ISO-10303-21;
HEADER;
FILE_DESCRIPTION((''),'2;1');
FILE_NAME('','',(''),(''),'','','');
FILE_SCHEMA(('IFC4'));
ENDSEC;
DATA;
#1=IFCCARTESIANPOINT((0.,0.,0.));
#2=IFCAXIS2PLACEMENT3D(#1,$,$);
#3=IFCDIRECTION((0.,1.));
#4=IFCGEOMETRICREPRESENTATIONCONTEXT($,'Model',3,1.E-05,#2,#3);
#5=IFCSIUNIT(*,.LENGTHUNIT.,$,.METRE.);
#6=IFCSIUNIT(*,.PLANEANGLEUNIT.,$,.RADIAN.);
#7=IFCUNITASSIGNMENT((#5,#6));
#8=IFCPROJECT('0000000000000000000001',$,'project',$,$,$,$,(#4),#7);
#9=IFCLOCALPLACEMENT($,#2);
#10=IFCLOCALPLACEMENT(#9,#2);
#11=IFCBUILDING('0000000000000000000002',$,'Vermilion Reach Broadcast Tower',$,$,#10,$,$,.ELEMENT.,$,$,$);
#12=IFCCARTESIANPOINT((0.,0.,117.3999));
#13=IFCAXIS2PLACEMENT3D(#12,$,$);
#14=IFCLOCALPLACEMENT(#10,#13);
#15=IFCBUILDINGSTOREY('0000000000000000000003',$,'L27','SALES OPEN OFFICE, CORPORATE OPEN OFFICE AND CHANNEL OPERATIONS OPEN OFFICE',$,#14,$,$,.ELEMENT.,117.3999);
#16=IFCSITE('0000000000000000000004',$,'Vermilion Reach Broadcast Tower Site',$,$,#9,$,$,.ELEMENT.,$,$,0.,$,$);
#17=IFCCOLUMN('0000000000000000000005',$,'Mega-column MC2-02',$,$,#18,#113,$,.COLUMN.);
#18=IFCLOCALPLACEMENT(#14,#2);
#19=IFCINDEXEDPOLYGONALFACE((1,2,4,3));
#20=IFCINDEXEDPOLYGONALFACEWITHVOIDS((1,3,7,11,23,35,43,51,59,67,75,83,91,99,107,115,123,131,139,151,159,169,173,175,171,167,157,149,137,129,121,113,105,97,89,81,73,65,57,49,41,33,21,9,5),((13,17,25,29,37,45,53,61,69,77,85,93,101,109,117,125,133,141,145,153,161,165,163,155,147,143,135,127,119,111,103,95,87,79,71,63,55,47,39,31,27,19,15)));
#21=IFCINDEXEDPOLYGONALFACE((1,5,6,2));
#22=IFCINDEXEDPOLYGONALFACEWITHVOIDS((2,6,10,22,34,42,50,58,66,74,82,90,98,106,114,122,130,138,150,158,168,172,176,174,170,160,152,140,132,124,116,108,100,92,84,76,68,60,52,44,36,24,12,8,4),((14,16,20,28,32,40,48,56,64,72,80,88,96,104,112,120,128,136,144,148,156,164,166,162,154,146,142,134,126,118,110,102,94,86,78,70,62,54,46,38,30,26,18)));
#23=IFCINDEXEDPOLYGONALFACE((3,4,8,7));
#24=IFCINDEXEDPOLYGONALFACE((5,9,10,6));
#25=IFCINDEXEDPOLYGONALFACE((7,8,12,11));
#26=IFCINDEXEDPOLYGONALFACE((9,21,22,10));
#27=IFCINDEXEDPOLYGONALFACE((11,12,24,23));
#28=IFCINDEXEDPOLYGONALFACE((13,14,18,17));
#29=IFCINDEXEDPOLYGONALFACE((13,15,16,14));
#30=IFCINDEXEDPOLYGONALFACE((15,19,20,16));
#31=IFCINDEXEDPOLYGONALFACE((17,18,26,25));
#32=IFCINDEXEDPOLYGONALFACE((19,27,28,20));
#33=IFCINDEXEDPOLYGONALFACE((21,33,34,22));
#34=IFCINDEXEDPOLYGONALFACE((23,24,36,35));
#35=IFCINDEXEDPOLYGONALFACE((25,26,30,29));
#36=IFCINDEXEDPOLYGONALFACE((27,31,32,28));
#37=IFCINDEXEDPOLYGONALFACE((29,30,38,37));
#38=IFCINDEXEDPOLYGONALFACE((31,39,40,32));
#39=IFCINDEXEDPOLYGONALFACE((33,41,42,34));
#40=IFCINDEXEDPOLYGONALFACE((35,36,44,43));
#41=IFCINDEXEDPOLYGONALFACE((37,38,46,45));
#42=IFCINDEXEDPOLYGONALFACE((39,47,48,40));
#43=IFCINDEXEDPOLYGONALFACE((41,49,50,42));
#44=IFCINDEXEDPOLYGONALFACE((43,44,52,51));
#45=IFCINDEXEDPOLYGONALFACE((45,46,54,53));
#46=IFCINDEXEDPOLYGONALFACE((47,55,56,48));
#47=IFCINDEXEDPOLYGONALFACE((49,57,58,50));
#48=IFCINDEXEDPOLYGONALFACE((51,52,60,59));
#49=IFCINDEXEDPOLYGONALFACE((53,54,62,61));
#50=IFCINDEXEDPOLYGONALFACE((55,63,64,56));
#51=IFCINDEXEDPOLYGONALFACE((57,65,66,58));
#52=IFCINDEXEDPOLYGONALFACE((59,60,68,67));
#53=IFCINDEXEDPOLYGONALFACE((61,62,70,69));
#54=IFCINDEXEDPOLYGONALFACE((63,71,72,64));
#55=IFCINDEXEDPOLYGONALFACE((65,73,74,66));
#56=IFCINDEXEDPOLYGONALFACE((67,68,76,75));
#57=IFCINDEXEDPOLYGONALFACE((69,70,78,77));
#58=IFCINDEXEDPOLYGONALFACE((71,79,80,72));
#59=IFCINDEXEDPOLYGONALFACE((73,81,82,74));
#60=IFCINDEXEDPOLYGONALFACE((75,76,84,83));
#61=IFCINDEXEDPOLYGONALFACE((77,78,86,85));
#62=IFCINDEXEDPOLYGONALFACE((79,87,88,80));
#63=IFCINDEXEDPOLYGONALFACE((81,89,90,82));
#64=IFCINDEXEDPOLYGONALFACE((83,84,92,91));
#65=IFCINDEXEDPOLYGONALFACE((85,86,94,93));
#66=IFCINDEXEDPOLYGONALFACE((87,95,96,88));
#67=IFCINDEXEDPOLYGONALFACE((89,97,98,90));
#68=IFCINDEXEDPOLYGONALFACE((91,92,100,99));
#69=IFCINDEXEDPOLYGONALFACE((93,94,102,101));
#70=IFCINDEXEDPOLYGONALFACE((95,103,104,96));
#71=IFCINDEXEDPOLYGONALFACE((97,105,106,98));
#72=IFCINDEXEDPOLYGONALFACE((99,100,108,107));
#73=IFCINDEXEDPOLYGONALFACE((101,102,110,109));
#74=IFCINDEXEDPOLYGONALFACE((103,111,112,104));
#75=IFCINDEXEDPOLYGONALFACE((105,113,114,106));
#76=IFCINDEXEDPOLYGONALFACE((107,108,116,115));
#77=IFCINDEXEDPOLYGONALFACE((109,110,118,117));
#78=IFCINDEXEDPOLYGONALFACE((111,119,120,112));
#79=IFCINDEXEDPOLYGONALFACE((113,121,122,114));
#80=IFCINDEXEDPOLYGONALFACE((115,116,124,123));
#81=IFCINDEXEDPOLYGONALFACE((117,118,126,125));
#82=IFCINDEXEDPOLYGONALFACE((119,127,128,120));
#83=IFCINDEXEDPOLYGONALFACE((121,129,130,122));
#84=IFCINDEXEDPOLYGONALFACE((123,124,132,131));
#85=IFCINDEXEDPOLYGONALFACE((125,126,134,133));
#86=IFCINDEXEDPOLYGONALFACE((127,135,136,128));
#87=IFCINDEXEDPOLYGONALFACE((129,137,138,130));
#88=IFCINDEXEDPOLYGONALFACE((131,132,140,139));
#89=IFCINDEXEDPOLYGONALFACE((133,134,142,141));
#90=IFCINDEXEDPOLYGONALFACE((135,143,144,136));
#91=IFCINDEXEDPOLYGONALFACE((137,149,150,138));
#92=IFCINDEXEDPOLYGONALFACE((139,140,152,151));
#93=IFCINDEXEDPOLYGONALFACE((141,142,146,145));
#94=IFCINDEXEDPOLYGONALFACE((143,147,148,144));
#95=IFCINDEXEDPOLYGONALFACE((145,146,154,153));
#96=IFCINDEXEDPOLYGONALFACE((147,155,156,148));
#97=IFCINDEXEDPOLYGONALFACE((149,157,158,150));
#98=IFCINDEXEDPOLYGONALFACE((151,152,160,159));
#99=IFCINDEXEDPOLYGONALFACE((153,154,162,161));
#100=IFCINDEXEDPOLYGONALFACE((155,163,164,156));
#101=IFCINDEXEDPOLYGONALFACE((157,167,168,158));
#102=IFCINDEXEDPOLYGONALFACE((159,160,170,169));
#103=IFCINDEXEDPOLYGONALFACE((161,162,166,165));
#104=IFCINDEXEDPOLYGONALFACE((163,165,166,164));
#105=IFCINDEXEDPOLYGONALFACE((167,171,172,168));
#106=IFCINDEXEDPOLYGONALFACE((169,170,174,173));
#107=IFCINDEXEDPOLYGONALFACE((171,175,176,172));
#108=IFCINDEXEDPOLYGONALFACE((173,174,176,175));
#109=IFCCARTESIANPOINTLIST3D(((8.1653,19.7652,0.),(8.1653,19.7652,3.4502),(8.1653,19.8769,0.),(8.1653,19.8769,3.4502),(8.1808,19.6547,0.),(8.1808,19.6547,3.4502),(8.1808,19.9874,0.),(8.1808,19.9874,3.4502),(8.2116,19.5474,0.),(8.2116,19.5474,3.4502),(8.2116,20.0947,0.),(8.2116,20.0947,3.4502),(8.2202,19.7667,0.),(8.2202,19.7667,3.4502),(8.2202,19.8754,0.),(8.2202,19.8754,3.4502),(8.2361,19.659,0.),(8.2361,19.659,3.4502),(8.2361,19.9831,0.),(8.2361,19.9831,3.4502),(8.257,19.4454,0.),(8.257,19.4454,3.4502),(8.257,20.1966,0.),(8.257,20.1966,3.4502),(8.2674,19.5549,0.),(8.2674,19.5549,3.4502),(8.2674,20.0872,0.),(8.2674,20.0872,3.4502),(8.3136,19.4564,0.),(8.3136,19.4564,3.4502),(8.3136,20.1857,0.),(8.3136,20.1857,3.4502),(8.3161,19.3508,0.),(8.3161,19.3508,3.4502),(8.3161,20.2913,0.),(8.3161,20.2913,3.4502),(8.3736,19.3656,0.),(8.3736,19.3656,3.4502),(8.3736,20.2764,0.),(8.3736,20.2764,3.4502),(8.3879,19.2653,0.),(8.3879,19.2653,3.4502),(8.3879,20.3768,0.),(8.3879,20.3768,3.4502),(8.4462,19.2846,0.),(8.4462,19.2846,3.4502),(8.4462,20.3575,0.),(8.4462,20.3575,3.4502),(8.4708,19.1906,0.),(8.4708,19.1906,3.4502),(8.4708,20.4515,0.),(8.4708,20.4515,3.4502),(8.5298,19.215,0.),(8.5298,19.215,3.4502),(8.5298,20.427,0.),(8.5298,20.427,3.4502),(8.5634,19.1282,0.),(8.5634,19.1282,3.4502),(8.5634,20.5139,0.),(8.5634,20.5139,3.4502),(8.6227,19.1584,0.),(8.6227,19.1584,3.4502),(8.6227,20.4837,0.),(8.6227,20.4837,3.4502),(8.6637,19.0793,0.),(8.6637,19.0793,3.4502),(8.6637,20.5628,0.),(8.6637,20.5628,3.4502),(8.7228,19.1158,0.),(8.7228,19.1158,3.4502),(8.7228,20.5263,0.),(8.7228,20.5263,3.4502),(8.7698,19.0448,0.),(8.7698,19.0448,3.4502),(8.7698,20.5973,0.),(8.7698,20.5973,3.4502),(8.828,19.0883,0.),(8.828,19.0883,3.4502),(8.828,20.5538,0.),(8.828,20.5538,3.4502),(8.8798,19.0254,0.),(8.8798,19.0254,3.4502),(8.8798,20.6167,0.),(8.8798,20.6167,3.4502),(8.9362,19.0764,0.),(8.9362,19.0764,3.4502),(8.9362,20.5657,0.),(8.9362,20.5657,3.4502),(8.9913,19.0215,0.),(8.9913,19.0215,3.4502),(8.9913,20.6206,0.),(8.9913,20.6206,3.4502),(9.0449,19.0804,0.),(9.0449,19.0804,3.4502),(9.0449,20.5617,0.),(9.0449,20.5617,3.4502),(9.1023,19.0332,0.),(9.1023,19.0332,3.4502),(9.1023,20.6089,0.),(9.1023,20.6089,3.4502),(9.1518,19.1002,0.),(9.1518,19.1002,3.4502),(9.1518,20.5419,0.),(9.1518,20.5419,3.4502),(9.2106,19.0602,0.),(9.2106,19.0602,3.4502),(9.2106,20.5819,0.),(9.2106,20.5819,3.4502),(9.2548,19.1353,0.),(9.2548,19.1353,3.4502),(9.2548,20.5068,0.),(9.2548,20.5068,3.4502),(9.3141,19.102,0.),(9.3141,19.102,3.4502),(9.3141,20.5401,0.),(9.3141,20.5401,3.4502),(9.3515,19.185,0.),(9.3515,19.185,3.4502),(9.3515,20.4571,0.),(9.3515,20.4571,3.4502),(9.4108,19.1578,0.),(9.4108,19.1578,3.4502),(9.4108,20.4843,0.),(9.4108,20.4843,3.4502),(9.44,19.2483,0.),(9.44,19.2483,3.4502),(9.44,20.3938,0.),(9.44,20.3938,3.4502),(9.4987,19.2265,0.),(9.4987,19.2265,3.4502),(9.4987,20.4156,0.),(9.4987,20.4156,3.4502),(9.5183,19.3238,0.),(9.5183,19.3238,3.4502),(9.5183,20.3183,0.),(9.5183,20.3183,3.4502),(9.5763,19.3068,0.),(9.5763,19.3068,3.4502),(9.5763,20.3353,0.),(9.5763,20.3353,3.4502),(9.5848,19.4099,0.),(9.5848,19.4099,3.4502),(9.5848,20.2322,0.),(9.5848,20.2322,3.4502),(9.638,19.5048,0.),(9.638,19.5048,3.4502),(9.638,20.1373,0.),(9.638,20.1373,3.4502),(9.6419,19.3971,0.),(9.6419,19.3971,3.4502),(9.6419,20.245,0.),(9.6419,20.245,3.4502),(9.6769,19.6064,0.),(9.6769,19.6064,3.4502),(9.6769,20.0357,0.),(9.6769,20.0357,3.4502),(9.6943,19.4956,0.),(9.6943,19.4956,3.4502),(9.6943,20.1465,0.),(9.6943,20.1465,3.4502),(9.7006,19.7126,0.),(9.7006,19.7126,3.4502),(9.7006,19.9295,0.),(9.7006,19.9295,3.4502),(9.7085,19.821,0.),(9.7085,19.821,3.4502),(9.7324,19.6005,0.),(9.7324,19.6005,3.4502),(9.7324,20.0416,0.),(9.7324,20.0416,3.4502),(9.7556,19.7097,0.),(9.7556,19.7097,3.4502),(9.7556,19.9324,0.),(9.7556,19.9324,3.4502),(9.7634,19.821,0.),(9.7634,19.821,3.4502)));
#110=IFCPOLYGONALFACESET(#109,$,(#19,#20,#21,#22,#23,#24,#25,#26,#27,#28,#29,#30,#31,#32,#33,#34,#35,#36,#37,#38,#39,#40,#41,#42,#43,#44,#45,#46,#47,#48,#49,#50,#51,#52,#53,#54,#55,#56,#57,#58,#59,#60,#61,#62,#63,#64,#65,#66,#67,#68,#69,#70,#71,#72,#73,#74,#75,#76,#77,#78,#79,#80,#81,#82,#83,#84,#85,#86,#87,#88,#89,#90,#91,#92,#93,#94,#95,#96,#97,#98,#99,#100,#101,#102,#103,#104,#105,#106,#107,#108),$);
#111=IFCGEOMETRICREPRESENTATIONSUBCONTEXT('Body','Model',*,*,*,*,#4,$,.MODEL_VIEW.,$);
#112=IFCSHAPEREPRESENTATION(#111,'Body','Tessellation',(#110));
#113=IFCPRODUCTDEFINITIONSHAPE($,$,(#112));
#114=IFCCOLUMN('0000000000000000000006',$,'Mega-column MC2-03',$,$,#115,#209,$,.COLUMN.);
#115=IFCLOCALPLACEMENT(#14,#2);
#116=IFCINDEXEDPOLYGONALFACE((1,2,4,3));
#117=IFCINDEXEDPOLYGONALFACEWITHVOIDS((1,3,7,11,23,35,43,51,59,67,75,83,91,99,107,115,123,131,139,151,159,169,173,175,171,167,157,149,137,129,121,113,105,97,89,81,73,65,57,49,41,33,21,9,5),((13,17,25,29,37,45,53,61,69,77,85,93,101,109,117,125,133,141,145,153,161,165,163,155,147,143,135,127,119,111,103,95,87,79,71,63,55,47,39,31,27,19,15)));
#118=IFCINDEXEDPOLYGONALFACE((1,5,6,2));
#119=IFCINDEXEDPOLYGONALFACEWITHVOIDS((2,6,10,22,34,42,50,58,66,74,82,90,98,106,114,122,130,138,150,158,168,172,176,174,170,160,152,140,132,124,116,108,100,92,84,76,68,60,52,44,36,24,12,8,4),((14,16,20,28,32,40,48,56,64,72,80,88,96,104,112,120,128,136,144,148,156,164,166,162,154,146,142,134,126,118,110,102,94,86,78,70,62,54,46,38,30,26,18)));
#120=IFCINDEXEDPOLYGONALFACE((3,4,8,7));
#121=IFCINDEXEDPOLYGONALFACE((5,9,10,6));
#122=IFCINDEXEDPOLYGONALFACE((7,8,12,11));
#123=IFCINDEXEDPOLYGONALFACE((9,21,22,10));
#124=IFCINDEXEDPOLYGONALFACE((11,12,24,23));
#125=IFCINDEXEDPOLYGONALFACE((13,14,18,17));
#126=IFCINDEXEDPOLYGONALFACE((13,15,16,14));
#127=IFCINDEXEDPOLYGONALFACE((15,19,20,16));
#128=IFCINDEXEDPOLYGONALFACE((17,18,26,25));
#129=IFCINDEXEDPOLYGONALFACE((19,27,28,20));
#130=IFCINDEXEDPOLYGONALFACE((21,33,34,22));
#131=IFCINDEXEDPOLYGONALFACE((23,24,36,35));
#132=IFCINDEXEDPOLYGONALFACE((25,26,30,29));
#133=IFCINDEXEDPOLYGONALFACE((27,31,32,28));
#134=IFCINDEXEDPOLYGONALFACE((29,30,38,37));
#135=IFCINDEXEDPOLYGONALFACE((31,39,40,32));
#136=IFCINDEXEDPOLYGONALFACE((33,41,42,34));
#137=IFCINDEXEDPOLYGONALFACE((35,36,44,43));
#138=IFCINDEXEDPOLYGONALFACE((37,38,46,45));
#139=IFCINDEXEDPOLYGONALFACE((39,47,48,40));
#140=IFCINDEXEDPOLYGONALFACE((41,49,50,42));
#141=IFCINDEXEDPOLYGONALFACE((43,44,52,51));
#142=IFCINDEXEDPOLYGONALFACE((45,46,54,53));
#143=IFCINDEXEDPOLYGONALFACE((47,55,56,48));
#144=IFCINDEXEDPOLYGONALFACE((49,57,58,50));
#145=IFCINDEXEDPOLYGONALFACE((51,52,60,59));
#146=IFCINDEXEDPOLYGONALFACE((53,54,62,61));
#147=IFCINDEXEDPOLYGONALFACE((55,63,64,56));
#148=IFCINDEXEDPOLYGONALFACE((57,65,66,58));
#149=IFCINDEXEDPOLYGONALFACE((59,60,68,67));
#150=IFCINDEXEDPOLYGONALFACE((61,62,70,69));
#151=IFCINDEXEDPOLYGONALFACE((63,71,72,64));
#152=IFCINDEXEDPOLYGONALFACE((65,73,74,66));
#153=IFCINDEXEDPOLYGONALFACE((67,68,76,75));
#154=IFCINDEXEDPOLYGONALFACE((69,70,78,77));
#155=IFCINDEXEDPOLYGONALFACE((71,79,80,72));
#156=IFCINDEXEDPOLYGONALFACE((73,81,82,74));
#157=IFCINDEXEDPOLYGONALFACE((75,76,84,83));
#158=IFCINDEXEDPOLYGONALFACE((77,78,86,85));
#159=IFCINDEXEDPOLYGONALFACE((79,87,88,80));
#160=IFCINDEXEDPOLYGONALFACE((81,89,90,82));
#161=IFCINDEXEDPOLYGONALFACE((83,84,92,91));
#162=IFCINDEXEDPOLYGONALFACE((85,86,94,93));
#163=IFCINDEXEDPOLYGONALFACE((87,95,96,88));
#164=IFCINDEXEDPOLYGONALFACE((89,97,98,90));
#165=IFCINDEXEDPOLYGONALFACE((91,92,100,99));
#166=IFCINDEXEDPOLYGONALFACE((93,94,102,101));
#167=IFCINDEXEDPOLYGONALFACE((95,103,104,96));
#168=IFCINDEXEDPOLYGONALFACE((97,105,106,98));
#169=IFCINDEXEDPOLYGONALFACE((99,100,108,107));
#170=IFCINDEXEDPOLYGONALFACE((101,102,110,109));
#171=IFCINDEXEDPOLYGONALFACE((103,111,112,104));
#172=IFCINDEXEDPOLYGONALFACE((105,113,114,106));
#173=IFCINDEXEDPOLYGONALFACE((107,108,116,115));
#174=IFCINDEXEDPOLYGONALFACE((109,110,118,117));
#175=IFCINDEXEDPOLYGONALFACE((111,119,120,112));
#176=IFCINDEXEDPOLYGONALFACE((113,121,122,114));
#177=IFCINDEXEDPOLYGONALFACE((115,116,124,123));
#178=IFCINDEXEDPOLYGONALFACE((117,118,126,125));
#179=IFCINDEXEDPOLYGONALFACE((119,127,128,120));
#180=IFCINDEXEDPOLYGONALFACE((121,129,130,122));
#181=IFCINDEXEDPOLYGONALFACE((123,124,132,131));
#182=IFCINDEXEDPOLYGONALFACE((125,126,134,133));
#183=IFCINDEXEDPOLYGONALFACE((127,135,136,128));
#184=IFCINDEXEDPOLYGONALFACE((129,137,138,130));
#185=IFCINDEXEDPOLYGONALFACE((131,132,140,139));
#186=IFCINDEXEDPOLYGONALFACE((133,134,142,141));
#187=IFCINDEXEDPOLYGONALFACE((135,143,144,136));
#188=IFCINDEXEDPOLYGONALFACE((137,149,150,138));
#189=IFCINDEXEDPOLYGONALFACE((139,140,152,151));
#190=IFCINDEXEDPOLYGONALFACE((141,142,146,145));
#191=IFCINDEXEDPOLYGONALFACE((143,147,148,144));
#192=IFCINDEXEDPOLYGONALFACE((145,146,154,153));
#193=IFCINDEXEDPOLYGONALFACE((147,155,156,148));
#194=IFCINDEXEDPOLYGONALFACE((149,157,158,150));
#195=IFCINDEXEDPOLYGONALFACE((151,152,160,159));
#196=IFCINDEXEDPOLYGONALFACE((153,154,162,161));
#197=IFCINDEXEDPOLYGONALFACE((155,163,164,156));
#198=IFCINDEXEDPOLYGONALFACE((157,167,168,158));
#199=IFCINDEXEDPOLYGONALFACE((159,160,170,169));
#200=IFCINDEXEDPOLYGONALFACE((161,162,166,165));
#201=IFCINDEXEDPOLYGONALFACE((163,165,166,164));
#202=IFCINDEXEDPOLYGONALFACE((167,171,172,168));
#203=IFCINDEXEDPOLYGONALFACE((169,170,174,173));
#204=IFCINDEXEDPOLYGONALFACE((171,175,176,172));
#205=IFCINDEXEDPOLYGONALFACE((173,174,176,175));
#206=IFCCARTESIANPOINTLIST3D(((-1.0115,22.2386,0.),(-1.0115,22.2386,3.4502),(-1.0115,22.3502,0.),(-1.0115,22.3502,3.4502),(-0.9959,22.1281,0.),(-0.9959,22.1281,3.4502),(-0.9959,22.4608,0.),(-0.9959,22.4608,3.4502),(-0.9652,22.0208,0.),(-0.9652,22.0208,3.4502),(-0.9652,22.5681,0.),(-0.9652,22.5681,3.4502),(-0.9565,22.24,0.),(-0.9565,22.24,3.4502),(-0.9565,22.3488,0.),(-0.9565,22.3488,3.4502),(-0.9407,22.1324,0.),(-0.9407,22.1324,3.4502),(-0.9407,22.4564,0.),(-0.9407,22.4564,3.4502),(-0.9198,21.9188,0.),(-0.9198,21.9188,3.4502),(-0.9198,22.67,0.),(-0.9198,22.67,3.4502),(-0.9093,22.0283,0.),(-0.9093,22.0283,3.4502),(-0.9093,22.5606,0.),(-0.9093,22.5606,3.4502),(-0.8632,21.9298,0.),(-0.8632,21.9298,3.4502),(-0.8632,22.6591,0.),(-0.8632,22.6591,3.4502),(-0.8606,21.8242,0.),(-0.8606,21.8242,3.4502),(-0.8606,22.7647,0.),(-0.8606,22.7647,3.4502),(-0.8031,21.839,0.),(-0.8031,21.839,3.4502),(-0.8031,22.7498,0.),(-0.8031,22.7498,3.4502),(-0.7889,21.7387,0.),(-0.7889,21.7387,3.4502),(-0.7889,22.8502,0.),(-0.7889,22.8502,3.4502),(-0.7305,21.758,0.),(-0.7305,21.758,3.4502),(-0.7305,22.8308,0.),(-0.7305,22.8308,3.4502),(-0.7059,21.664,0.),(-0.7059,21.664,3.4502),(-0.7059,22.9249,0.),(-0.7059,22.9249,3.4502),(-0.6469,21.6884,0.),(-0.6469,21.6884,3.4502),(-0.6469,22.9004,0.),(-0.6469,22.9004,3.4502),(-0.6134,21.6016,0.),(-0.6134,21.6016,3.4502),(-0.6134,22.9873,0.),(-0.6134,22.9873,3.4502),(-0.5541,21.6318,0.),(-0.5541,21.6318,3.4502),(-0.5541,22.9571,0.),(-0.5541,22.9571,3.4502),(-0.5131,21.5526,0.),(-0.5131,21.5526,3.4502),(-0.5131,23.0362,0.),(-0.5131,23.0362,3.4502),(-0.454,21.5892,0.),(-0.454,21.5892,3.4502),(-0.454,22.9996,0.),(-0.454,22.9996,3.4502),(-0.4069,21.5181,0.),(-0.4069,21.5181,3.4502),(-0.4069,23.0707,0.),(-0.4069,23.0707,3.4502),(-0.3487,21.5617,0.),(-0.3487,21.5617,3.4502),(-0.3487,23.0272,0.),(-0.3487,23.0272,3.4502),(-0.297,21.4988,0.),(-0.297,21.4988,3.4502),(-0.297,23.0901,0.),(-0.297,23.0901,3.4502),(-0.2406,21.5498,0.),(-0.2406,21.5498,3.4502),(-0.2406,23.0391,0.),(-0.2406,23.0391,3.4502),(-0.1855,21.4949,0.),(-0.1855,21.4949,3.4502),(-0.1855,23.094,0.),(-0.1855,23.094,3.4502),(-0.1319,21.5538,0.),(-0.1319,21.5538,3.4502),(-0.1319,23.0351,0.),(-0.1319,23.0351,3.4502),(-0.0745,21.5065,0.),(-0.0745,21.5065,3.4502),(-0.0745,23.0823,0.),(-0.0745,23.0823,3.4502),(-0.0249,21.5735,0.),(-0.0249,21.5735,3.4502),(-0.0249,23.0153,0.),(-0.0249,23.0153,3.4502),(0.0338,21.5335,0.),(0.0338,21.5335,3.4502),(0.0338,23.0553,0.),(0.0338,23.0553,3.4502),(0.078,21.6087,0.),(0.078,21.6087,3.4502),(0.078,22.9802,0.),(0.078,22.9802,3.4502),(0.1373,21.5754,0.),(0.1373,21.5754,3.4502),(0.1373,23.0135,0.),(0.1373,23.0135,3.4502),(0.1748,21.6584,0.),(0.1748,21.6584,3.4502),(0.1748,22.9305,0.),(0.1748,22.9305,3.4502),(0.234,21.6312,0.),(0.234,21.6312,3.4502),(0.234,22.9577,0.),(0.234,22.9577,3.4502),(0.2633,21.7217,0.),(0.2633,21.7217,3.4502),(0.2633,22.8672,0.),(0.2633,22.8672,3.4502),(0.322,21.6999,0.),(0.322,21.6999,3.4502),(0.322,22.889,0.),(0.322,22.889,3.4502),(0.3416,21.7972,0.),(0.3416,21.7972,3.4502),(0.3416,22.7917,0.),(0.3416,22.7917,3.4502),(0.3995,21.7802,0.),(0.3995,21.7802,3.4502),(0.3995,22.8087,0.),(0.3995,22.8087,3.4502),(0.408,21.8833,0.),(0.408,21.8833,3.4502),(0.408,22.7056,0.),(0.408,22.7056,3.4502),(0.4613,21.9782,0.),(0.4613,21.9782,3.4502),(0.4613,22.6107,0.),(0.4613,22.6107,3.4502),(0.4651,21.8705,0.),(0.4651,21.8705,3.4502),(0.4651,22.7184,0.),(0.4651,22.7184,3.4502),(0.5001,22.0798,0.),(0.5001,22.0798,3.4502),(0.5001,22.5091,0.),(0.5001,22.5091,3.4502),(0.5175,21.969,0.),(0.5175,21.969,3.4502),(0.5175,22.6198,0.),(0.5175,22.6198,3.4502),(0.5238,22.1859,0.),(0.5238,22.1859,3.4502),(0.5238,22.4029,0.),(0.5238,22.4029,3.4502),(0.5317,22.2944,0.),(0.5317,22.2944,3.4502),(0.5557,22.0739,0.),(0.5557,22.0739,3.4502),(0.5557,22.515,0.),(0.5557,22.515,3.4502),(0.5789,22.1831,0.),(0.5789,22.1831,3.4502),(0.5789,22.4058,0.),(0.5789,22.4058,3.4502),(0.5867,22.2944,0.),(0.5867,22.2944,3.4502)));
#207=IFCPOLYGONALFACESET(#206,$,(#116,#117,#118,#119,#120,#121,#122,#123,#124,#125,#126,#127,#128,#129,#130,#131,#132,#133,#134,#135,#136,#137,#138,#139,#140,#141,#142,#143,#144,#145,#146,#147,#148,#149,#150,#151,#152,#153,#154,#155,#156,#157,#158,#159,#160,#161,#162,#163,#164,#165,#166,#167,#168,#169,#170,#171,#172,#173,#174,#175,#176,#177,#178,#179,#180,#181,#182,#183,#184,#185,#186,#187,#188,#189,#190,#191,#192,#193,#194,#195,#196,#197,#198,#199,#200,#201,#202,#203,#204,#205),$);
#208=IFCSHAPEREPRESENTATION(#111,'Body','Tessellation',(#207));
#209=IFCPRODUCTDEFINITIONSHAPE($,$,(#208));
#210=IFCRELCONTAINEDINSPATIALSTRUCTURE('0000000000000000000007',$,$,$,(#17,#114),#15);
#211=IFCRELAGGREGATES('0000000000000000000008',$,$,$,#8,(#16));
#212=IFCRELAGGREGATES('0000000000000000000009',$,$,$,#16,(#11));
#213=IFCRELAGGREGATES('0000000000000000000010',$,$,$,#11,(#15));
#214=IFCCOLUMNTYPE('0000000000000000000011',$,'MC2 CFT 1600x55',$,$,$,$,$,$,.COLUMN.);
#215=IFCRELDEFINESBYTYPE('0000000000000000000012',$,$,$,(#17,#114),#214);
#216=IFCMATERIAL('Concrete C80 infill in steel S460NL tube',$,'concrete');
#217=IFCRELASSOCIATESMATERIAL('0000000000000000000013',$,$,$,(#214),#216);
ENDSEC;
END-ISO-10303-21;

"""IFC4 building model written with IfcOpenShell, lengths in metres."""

from ifc_helpers import new_model, si_unit, direction, frame, origin, origin_2d, place, context, subcontext, project, spatial, hollow_circle, extrude, material, material_profile, profile_set, type_object, element, save


model = new_model("IFC4")

# Units and contexts
model_context = context("Model", 3, precision=1e-05, world=origin(), true_north=direction((0.0, 1.0)))
body_context = subcontext(model_context, "Body", "Model", "MODEL_VIEW")
ifc_project = project(units=[si_unit("LENGTHUNIT", "METRE"), si_unit("PLANEANGLEUNIT", "RADIAN")], contexts=[model_context])

# Site, building, storey
site_placement = place(None, origin())
site = spatial("IfcSite", under=ifc_project, at=site_placement, Name="Vermilion Reach Broadcast Tower Site", CompositionType="ELEMENT", RefElevation=0.0)
building_placement = place(site_placement, origin())
building = spatial("IfcBuilding", under=site, at=building_placement, Name="Vermilion Reach Broadcast Tower", CompositionType="ELEMENT")
storey_placement = place(building_placement, frame((0.0, 0.0, 117.3999)))
storey = spatial("IfcBuildingStorey", under=building, at=storey_placement, Name="L27", Description="SALES OPEN OFFICE, CORPORATE OPEN OFFICE AND CHANNEL OPERATIONS OPEN OFFICE", CompositionType="ELEMENT", Elevation=117.3999)

# Columns
ifc_material_1 = material(Name="Concrete C80 infill in steel S460NL tube", Category="concrete")
ifc_material_profile_1 = material_profile(ifc_material_1, hollow_circle(Radius=0.8, WallThickness=0.0549, at=origin_2d()), Name="Concrete C80 infill in steel S460NL tube CFT 1600x55")
ifc_profile_set_1 = profile_set([ifc_material_profile_1], Name="Concrete C80 infill in steel S460NL tube")
column_type = type_object("IfcColumnType", Name="MC2 CFT 1600x55", PredefinedType="COLUMN", material=ifc_profile_set_1)
for number, where, z_axis, x_axis, name in (
    (1, (8.9634, 19.821, 0.0), (0.0, 0.0, 1.0), (1.0, 0.0, 0.0), "Mega-column MC2-02"),
    (2, (-0.2134, 22.2944, 0.0), (0.0, 0.0, 1.0), (1.0, 0.0, 0.0), "Mega-column MC2-03"),
):
    element("IfcColumn", number, at=place(storey_placement, frame(where, z_axis=z_axis, x_axis=x_axis)), inside=storey, type_object=column_type, Name=name, PredefinedType="COLUMN", context=body_context, shape_type="SweptSolid", body=[
        extrude(hollow_circle(Radius=0.8, WallThickness=0.0549, at=origin_2d()), origin(), (0.0, 0.0, 1.0), 3.4502),
    ])

save(model, "model.ifc")
